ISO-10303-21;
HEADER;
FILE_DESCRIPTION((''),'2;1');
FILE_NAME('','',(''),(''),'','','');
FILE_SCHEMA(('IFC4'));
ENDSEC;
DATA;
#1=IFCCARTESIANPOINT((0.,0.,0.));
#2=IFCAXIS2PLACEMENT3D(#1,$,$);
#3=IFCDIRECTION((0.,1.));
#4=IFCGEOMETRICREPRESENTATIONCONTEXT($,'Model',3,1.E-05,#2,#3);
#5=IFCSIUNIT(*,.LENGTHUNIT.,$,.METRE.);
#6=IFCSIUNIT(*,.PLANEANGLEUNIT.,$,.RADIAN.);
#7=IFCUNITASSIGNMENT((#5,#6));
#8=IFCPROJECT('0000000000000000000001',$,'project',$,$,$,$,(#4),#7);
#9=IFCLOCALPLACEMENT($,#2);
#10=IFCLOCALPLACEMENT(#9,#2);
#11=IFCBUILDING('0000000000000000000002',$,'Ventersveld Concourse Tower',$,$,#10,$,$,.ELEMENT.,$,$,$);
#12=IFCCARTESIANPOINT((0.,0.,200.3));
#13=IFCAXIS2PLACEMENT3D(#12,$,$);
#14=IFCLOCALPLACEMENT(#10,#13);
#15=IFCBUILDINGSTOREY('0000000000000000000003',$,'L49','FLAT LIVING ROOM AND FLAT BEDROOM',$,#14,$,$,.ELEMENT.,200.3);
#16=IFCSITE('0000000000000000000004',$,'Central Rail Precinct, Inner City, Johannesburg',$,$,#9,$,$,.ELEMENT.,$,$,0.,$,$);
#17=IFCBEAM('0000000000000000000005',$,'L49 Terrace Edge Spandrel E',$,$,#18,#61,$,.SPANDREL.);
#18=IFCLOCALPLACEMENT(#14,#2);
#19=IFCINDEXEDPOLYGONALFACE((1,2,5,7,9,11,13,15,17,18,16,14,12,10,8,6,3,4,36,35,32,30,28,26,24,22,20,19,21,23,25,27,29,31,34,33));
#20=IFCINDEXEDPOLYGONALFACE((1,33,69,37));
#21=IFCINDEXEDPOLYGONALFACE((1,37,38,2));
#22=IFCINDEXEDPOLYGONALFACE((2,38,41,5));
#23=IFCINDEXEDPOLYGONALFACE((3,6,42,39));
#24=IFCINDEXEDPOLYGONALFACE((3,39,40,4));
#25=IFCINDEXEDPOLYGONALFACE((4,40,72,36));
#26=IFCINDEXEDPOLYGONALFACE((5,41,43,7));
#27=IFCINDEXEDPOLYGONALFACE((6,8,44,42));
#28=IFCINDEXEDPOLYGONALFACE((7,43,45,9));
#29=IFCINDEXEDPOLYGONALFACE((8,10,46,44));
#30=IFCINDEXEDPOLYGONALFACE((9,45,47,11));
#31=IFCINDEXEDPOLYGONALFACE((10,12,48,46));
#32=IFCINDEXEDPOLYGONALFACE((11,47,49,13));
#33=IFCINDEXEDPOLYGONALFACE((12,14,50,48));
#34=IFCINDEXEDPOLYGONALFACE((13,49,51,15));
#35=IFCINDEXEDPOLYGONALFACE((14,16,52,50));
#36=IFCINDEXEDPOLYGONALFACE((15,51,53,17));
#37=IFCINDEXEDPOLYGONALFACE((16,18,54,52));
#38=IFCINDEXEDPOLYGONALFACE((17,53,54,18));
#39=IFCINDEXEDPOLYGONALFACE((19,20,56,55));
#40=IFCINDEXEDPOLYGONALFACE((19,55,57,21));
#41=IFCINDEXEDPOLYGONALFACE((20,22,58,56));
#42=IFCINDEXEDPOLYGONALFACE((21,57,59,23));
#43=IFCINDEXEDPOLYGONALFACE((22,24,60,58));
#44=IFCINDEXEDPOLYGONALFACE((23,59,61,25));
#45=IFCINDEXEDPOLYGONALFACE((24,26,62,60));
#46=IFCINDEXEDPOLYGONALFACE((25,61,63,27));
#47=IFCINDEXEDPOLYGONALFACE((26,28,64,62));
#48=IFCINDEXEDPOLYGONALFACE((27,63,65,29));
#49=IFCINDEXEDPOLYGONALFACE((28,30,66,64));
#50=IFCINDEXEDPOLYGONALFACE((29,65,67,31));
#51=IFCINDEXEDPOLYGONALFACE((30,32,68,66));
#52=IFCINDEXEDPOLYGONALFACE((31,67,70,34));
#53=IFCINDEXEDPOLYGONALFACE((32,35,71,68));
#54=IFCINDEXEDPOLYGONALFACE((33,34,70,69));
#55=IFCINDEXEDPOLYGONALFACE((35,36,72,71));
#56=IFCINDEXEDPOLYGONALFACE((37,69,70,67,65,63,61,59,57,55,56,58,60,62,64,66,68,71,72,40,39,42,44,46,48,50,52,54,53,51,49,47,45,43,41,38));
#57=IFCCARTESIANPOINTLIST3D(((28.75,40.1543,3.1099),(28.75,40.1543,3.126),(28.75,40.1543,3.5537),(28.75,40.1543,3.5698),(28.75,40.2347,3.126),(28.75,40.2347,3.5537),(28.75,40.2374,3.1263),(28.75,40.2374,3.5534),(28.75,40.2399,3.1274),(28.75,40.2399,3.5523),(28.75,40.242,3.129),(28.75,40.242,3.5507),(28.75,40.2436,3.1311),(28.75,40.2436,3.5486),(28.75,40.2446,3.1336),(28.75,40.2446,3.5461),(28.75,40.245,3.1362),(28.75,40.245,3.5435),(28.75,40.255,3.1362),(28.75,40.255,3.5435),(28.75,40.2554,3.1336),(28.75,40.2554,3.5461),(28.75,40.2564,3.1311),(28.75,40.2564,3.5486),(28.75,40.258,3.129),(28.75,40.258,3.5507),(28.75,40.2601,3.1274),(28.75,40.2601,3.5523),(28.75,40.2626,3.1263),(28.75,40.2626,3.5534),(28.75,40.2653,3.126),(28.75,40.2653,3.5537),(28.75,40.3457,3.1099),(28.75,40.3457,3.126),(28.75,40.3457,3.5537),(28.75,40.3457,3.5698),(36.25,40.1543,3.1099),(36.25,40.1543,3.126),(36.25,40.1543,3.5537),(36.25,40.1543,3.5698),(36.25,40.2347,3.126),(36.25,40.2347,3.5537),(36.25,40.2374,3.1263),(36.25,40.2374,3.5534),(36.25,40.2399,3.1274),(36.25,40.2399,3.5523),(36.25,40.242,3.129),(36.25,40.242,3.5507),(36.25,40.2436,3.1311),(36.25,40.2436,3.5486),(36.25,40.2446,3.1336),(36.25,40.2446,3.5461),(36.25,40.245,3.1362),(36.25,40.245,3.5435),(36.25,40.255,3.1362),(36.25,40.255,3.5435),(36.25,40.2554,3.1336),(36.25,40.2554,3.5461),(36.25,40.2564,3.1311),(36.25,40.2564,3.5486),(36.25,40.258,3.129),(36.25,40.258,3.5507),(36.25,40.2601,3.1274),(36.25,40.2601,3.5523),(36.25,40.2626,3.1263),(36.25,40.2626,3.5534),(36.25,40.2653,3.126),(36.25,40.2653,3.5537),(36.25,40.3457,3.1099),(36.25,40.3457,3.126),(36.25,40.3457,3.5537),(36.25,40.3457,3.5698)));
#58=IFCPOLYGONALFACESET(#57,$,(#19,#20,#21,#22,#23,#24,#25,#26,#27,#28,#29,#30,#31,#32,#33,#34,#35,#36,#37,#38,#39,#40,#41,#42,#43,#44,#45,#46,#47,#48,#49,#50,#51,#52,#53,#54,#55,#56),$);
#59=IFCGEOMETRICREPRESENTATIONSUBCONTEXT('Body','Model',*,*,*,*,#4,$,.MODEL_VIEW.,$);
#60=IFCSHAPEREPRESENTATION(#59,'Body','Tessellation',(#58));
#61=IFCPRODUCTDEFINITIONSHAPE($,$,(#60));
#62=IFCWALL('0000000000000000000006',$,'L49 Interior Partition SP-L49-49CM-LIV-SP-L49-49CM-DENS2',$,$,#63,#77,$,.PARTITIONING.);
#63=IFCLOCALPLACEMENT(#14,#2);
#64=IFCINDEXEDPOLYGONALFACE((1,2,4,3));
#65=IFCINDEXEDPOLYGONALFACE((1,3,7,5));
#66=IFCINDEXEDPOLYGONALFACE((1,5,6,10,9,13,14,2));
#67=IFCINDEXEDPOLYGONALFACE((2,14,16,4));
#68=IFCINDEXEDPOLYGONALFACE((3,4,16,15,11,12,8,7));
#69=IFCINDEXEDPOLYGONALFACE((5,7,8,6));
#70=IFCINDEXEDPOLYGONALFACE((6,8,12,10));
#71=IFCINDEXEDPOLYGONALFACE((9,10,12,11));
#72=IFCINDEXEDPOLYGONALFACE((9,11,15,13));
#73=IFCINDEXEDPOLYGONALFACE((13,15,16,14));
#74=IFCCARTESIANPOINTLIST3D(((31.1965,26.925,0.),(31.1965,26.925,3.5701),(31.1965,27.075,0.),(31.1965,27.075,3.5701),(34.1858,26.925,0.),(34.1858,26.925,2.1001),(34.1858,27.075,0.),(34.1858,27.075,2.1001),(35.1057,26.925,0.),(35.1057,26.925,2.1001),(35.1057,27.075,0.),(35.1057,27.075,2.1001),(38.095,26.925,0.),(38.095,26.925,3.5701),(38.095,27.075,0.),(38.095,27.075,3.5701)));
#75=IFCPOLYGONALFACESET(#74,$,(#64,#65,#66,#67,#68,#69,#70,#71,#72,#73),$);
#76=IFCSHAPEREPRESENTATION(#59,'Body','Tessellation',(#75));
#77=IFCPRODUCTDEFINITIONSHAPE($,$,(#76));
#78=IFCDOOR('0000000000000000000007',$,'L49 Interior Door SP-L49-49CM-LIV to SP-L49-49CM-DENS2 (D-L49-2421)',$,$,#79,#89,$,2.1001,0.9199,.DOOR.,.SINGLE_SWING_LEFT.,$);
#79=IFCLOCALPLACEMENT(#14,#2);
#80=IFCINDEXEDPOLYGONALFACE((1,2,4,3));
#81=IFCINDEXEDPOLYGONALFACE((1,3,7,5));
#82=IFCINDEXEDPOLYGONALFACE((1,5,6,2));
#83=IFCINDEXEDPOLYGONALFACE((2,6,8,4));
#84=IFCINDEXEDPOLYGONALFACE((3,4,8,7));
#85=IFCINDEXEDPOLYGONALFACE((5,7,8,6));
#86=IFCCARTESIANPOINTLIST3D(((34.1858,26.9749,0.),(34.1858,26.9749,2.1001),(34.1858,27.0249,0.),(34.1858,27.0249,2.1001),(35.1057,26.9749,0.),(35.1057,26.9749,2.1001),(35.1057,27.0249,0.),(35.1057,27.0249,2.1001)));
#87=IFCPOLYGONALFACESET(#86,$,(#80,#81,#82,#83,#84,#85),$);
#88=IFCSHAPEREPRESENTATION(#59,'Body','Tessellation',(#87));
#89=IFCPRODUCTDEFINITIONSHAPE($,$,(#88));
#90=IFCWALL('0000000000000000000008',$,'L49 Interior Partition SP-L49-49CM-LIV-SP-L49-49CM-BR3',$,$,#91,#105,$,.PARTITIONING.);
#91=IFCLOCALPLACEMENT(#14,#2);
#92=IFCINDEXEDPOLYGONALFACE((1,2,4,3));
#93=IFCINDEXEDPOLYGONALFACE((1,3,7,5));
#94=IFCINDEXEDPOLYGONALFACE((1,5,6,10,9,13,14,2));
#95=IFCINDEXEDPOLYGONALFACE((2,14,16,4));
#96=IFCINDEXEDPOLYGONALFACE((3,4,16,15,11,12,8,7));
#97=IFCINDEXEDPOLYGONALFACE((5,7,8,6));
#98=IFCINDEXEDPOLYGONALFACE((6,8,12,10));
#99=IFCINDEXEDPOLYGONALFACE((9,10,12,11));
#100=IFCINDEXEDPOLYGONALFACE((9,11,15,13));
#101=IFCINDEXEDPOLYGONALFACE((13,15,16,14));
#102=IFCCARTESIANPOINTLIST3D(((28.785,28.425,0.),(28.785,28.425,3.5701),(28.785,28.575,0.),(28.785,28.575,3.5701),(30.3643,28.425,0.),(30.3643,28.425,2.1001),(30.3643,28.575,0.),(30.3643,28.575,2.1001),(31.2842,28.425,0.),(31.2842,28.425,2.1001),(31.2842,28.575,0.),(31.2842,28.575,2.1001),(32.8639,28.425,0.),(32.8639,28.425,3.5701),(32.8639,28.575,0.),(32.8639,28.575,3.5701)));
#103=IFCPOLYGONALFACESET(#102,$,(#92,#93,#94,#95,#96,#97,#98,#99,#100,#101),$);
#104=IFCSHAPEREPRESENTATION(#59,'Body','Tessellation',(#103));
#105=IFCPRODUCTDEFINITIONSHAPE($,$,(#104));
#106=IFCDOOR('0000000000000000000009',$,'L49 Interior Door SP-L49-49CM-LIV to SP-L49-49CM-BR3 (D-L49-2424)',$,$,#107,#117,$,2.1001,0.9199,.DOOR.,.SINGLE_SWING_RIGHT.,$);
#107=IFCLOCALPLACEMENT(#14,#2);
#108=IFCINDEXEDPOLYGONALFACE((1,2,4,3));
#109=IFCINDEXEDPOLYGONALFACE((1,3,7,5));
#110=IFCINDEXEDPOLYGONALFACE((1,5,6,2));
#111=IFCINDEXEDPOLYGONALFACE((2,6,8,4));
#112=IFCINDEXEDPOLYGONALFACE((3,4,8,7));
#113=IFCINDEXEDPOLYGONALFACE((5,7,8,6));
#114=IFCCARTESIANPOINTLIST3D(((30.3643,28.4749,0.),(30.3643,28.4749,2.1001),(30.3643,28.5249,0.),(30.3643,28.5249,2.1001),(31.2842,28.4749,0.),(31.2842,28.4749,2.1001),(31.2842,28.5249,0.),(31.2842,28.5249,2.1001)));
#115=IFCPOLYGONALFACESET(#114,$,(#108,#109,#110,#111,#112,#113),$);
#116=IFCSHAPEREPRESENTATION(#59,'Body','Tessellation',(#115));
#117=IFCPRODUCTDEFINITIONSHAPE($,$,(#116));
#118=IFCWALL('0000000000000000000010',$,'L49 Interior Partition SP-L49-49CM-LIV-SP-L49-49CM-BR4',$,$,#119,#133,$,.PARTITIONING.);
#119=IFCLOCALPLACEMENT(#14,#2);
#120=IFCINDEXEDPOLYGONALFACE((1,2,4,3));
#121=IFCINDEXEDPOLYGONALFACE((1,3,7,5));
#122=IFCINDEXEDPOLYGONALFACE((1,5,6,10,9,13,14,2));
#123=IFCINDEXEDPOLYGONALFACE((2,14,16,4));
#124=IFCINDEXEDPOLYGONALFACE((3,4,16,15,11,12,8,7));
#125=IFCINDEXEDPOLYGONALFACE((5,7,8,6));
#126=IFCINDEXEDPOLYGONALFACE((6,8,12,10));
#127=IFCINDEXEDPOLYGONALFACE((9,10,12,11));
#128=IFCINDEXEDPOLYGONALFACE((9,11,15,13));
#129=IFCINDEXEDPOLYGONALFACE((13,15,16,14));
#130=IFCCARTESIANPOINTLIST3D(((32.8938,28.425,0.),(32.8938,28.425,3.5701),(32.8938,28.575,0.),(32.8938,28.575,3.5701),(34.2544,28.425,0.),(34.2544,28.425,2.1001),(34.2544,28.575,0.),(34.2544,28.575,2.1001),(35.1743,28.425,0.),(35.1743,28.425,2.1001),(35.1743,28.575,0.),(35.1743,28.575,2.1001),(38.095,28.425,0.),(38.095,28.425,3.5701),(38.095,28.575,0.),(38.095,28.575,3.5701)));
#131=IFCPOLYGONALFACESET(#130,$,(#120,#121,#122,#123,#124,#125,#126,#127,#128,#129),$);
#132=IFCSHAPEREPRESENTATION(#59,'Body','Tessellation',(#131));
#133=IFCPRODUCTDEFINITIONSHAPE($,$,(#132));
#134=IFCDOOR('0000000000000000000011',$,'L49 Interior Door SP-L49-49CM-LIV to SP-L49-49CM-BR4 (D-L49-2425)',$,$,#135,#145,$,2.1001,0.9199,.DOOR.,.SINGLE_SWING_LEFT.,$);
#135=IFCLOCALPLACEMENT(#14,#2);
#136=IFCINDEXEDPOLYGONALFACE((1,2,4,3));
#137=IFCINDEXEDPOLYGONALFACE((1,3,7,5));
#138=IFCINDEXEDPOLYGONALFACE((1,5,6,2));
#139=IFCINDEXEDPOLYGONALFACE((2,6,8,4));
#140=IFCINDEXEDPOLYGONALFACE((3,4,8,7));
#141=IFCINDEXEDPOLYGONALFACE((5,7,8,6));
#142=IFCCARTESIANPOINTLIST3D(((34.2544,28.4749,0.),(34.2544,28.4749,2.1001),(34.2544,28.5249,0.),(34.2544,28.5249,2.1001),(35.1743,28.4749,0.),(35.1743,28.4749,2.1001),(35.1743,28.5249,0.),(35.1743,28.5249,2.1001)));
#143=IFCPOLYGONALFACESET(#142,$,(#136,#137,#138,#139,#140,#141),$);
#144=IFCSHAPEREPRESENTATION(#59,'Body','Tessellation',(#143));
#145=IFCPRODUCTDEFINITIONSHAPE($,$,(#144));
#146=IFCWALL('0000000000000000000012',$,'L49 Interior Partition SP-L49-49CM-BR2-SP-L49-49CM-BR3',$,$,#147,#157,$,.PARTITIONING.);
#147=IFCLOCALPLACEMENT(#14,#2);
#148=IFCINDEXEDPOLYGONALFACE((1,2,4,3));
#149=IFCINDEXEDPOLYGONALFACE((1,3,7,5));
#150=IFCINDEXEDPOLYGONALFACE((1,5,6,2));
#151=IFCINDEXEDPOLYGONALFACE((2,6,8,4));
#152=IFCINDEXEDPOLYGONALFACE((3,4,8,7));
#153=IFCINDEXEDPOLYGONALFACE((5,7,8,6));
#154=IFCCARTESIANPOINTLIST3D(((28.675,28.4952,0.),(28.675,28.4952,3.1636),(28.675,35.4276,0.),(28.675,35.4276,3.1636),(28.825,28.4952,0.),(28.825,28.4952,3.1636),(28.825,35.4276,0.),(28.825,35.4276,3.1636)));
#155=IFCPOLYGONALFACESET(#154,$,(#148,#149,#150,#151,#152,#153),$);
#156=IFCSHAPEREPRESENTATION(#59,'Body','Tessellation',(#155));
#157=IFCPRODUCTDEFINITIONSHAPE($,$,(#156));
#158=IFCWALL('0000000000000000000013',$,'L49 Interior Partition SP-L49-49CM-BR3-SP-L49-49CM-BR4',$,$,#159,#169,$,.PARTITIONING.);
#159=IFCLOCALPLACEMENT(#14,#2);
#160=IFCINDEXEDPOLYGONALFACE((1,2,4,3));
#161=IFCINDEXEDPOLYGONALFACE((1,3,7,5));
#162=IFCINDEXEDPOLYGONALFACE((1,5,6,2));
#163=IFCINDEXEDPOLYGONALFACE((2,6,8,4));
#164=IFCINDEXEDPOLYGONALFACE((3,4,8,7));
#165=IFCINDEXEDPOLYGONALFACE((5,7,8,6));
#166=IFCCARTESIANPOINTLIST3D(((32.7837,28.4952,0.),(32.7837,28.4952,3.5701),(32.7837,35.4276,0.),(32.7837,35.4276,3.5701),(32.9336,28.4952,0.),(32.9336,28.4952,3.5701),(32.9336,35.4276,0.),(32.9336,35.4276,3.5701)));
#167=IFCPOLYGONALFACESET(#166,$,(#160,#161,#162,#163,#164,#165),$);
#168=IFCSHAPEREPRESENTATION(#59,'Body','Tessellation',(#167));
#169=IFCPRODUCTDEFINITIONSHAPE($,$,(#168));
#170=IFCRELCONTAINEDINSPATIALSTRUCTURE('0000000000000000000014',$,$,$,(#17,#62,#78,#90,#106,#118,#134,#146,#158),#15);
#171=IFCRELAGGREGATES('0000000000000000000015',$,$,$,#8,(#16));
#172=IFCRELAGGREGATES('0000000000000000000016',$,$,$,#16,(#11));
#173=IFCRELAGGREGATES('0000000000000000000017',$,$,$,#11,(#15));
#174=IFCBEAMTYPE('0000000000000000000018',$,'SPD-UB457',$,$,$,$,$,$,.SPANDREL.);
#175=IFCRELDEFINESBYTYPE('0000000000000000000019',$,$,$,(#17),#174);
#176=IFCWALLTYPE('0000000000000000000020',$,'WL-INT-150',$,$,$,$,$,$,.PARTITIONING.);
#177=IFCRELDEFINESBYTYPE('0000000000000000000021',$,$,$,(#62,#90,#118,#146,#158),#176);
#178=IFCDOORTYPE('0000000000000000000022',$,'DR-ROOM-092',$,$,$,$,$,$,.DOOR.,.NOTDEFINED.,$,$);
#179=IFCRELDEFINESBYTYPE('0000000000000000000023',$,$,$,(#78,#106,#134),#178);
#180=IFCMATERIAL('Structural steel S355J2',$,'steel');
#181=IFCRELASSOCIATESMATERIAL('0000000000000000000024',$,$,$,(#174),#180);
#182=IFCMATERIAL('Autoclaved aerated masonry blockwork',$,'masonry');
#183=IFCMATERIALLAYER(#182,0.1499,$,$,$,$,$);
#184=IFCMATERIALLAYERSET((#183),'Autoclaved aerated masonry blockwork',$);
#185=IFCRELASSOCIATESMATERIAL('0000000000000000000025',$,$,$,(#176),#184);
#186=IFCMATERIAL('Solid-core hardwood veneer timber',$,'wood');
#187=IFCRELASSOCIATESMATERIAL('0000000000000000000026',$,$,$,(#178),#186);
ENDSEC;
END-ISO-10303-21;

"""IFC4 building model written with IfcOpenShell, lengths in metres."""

from ifc_helpers import new_model, si_unit, direction, frame, frame_2d, origin, origin_2d, place, context, subcontext, project, spatial, rectangle, i_section, extrude, material, layer, layer_set, material_profile, profile_set, type_object, element, fill, save


model = new_model("IFC4")

# Units and contexts
model_context = context("Model", 3, precision=1e-05, world=origin(), true_north=direction((0.0, 1.0)))
body_context = subcontext(model_context, "Body", "Model", "MODEL_VIEW")
ifc_project = project(units=[si_unit("LENGTHUNIT", "METRE"), si_unit("PLANEANGLEUNIT", "RADIAN")], contexts=[model_context])

# Site, building, storey
site_placement = place(None, origin())
site = spatial("IfcSite", under=ifc_project, at=site_placement, Name="Central Rail Precinct, Inner City, Johannesburg", CompositionType="ELEMENT", RefElevation=0.0)
building_placement = place(site_placement, origin())
building = spatial("IfcBuilding", under=site, at=building_placement, Name="Ventersveld Concourse Tower", CompositionType="ELEMENT")
storey_placement = place(building_placement, frame((0.0, 0.0, 200.3)))
storey = spatial("IfcBuildingStorey", under=building, at=storey_placement, Name="L49", Description="FLAT LIVING ROOM AND FLAT BEDROOM", CompositionType="ELEMENT", Elevation=200.3)

# Beam
ifc_material_1 = material(Name="Structural steel S355J2", Category="steel")
ifc_material_profile_1 = material_profile(ifc_material_1, i_section(OverallWidth=0.1914, OverallDepth=0.46, WebThickness=0.01, FlangeThickness=0.0161, FilletRadius=0.0103, at=origin_2d()), Name="UB 457x191x82")
ifc_profile_set_1 = profile_set([ifc_material_profile_1], Name="Structural steel S355J2")
beam_type_1 = type_object("IfcBeamType", Name="SPD-UB457", PredefinedType="SPANDREL", material=ifc_profile_set_1)
beam_placement = place(storey_placement, frame((28.75, 40.25, 3.3398), z_axis=(1.0, 0.0, 0.0), x_axis=(0.0, 1.0, 0.0)))
element("IfcBeam", 1, at=beam_placement, inside=storey, type_object=beam_type_1, Name="L49 Terrace Edge Spandrel E", PredefinedType="SPANDREL", context=body_context, shape_type="SweptSolid", body=[
    extrude(i_section(OverallWidth=0.1914, OverallDepth=0.46, WebThickness=0.01, FlangeThickness=0.0161, FilletRadius=0.0103, at=origin_2d()), origin(), (0.0, 0.0, 1.0), 7.5),
])

# Walls, openings, doors
ifc_material_2 = material(Name="Autoclaved aerated masonry blockwork", Category="masonry")
ifc_layer_1 = layer(ifc_material_2, 0.1499)
ifc_layer_set_1 = layer_set([ifc_layer_1], Name="Autoclaved aerated masonry blockwork")
wall_type_1 = type_object("IfcWallType", Name="WL-INT-150", PredefinedType="PARTITIONING", material=ifc_layer_set_1)
wall_1_placement = place(storey_placement, frame((31.1965, 27.0, 0.0), z_axis=(0.0, 0.0, 1.0), x_axis=(1.0, 0.0, 0.0)))
wall_1 = element("IfcWall", 2, at=wall_1_placement, inside=storey, type_object=wall_type_1, Name="L49 Interior Partition SP-L49-49CM-LIV-SP-L49-49CM-DENS2", PredefinedType="PARTITIONING", context=body_context, shape_type="SweptSolid", body=[
    extrude(rectangle(XDim=6.8984, YDim=0.1499, at=frame_2d((3.4492, 0.0))), origin(), (0.0, 0.0, 1.0), 3.5701),
])
opening_1_placement = place(wall_1_placement, frame((2.9893, 0.0, 0.0)))
opening_1 = element("IfcOpeningElement", 3, at=opening_1_placement, cuts=wall_1, PredefinedType="OPENING", context=body_context, shape_type="SweptSolid", body=[
    extrude(rectangle(XDim=0.9199, YDim=2.1001, at=frame_2d((0.46, 1.05))), frame((0.0, 0.085, 0.0), z_axis=(0.0, -1.0, 0.0), x_axis=(1.0, 0.0, 0.0)), (0.0, 0.0, 1.0), 0.1699),
])
ifc_material_3 = material(Name="Solid-core hardwood veneer timber", Category="wood")
door_type_1 = type_object("IfcDoorType", Name="DR-ROOM-092", OperationType="NOTDEFINED", PredefinedType="DOOR", material=ifc_material_3)
door_1_placement = place(opening_1_placement, origin())
door_1 = element("IfcDoor", 4, at=door_1_placement, inside=storey, type_object=door_type_1, Name="L49 Interior Door SP-L49-49CM-LIV to SP-L49-49CM-DENS2 (D-L49-2421)", OperationType="SINGLE_SWING_LEFT", OverallHeight=2.1001, OverallWidth=0.9199, PredefinedType="DOOR", context=body_context, shape_type="SweptSolid", body=[
    extrude(rectangle(XDim=0.9199, YDim=2.1001, at=frame_2d((0.46, 1.05))), frame((0.0, 0.0249, 0.0), z_axis=(0.0, -1.0, 0.0), x_axis=(1.0, 0.0, 0.0)), (0.0, 0.0, 1.0), 0.05),
])
fill(opening_1, door_1)
wall_2_placement = place(storey_placement, frame((28.7849, 28.5, 0.0), z_axis=(0.0, 0.0, 1.0), x_axis=(1.0, 0.0, 0.0)))
wall_2 = element("IfcWall", 5, at=wall_2_placement, inside=storey, type_object=wall_type_1, Name="L49 Interior Partition SP-L49-49CM-LIV-SP-L49-49CM-BR3", PredefinedType="PARTITIONING", context=body_context, shape_type="SweptSolid", body=[
    extrude(rectangle(XDim=4.0789, YDim=0.1499, at=frame_2d((2.0396, 0.0))), origin(), (0.0, 0.0, 1.0), 3.5701),
])
opening_2_placement = place(wall_2_placement, frame((1.5793, 0.0, 0.0)))
opening_2 = element("IfcOpeningElement", 6, at=opening_2_placement, cuts=wall_2, PredefinedType="OPENING", context=body_context, shape_type="SweptSolid", body=[
    extrude(rectangle(XDim=0.9199, YDim=2.1001, at=frame_2d((0.46, 1.05))), frame((0.0, 0.085, 0.0), z_axis=(0.0, -1.0, 0.0), x_axis=(1.0, 0.0, 0.0)), (0.0, 0.0, 1.0), 0.1699),
])
door_2_placement = place(opening_2_placement, origin())
door_2 = element("IfcDoor", 7, at=door_2_placement, inside=storey, type_object=door_type_1, Name="L49 Interior Door SP-L49-49CM-LIV to SP-L49-49CM-BR3 (D-L49-2424)", OperationType="SINGLE_SWING_RIGHT", OverallHeight=2.1001, OverallWidth=0.9199, PredefinedType="DOOR", context=body_context, shape_type="SweptSolid", body=[
    extrude(rectangle(XDim=0.9199, YDim=2.1001, at=frame_2d((0.46, 1.05))), frame((0.0, 0.0249, 0.0), z_axis=(0.0, -1.0, 0.0), x_axis=(1.0, 0.0, 0.0)), (0.0, 0.0, 1.0), 0.05),
])
fill(opening_2, door_2)
wall_3_placement = place(storey_placement, frame((32.8938, 28.5, 0.0), z_axis=(0.0, 0.0, 1.0), x_axis=(1.0, 0.0, 0.0)))
wall_3 = element("IfcWall", 8, at=wall_3_placement, inside=storey, type_object=wall_type_1, Name="L49 Interior Partition SP-L49-49CM-LIV-SP-L49-49CM-BR4", PredefinedType="PARTITIONING", context=body_context, shape_type="SweptSolid", body=[
    extrude(rectangle(XDim=5.2012, YDim=0.1499, at=frame_2d((2.6006, 0.0))), origin(), (0.0, 0.0, 1.0), 3.5701),
])
opening_3_placement = place(wall_3_placement, frame((1.3606, 0.0, 0.0)))
opening_3 = element("IfcOpeningElement", 9, at=opening_3_placement, cuts=wall_3, PredefinedType="OPENING", context=body_context, shape_type="SweptSolid", body=[
    extrude(rectangle(XDim=0.9199, YDim=2.1001, at=frame_2d((0.46, 1.05))), frame((0.0, 0.085, 0.0), z_axis=(0.0, -1.0, 0.0), x_axis=(1.0, 0.0, 0.0)), (0.0, 0.0, 1.0), 0.1699),
])
door_3_placement = place(opening_3_placement, origin())
door_3 = element("IfcDoor", 10, at=door_3_placement, inside=storey, type_object=door_type_1, Name="L49 Interior Door SP-L49-49CM-LIV to SP-L49-49CM-BR4 (D-L49-2425)", OperationType="SINGLE_SWING_LEFT", OverallHeight=2.1001, OverallWidth=0.9199, PredefinedType="DOOR", context=body_context, shape_type="SweptSolid", body=[
    extrude(rectangle(XDim=0.9199, YDim=2.1001, at=frame_2d((0.46, 1.05))), frame((0.0, 0.0249, 0.0), z_axis=(0.0, -1.0, 0.0), x_axis=(1.0, 0.0, 0.0)), (0.0, 0.0, 1.0), 0.05),
])
fill(opening_3, door_3)

# Walls
wall_4_placement = place(storey_placement, frame((28.75, 28.4951, 0.0), z_axis=(0.0, 0.0, 1.0), x_axis=(0.0, 1.0, 0.0)))
element("IfcWall", 11, at=wall_4_placement, inside=storey, type_object=wall_type_1, Name="L49 Interior Partition SP-L49-49CM-BR2-SP-L49-49CM-BR3", PredefinedType="PARTITIONING", context=body_context, shape_type="SweptSolid", body=[
    extrude(rectangle(XDim=6.9324, YDim=0.1499, at=frame_2d((3.4663, 0.0))), origin(), (0.0, 0.0, 1.0), 3.1636),
])
wall_5_placement = place(storey_placement, frame((32.8586, 28.4951, 0.0), z_axis=(0.0, 0.0, 1.0), x_axis=(0.0, 1.0, 0.0)))
element("IfcWall", 12, at=wall_5_placement, inside=storey, type_object=wall_type_1, Name="L49 Interior Partition SP-L49-49CM-BR3-SP-L49-49CM-BR4", PredefinedType="PARTITIONING", context=body_context, shape_type="SweptSolid", body=[
    extrude(rectangle(XDim=6.9324, YDim=0.1499, at=frame_2d((3.4663, 0.0))), origin(), (0.0, 0.0, 1.0), 3.5701),
])

save(model, "model.ifc")
